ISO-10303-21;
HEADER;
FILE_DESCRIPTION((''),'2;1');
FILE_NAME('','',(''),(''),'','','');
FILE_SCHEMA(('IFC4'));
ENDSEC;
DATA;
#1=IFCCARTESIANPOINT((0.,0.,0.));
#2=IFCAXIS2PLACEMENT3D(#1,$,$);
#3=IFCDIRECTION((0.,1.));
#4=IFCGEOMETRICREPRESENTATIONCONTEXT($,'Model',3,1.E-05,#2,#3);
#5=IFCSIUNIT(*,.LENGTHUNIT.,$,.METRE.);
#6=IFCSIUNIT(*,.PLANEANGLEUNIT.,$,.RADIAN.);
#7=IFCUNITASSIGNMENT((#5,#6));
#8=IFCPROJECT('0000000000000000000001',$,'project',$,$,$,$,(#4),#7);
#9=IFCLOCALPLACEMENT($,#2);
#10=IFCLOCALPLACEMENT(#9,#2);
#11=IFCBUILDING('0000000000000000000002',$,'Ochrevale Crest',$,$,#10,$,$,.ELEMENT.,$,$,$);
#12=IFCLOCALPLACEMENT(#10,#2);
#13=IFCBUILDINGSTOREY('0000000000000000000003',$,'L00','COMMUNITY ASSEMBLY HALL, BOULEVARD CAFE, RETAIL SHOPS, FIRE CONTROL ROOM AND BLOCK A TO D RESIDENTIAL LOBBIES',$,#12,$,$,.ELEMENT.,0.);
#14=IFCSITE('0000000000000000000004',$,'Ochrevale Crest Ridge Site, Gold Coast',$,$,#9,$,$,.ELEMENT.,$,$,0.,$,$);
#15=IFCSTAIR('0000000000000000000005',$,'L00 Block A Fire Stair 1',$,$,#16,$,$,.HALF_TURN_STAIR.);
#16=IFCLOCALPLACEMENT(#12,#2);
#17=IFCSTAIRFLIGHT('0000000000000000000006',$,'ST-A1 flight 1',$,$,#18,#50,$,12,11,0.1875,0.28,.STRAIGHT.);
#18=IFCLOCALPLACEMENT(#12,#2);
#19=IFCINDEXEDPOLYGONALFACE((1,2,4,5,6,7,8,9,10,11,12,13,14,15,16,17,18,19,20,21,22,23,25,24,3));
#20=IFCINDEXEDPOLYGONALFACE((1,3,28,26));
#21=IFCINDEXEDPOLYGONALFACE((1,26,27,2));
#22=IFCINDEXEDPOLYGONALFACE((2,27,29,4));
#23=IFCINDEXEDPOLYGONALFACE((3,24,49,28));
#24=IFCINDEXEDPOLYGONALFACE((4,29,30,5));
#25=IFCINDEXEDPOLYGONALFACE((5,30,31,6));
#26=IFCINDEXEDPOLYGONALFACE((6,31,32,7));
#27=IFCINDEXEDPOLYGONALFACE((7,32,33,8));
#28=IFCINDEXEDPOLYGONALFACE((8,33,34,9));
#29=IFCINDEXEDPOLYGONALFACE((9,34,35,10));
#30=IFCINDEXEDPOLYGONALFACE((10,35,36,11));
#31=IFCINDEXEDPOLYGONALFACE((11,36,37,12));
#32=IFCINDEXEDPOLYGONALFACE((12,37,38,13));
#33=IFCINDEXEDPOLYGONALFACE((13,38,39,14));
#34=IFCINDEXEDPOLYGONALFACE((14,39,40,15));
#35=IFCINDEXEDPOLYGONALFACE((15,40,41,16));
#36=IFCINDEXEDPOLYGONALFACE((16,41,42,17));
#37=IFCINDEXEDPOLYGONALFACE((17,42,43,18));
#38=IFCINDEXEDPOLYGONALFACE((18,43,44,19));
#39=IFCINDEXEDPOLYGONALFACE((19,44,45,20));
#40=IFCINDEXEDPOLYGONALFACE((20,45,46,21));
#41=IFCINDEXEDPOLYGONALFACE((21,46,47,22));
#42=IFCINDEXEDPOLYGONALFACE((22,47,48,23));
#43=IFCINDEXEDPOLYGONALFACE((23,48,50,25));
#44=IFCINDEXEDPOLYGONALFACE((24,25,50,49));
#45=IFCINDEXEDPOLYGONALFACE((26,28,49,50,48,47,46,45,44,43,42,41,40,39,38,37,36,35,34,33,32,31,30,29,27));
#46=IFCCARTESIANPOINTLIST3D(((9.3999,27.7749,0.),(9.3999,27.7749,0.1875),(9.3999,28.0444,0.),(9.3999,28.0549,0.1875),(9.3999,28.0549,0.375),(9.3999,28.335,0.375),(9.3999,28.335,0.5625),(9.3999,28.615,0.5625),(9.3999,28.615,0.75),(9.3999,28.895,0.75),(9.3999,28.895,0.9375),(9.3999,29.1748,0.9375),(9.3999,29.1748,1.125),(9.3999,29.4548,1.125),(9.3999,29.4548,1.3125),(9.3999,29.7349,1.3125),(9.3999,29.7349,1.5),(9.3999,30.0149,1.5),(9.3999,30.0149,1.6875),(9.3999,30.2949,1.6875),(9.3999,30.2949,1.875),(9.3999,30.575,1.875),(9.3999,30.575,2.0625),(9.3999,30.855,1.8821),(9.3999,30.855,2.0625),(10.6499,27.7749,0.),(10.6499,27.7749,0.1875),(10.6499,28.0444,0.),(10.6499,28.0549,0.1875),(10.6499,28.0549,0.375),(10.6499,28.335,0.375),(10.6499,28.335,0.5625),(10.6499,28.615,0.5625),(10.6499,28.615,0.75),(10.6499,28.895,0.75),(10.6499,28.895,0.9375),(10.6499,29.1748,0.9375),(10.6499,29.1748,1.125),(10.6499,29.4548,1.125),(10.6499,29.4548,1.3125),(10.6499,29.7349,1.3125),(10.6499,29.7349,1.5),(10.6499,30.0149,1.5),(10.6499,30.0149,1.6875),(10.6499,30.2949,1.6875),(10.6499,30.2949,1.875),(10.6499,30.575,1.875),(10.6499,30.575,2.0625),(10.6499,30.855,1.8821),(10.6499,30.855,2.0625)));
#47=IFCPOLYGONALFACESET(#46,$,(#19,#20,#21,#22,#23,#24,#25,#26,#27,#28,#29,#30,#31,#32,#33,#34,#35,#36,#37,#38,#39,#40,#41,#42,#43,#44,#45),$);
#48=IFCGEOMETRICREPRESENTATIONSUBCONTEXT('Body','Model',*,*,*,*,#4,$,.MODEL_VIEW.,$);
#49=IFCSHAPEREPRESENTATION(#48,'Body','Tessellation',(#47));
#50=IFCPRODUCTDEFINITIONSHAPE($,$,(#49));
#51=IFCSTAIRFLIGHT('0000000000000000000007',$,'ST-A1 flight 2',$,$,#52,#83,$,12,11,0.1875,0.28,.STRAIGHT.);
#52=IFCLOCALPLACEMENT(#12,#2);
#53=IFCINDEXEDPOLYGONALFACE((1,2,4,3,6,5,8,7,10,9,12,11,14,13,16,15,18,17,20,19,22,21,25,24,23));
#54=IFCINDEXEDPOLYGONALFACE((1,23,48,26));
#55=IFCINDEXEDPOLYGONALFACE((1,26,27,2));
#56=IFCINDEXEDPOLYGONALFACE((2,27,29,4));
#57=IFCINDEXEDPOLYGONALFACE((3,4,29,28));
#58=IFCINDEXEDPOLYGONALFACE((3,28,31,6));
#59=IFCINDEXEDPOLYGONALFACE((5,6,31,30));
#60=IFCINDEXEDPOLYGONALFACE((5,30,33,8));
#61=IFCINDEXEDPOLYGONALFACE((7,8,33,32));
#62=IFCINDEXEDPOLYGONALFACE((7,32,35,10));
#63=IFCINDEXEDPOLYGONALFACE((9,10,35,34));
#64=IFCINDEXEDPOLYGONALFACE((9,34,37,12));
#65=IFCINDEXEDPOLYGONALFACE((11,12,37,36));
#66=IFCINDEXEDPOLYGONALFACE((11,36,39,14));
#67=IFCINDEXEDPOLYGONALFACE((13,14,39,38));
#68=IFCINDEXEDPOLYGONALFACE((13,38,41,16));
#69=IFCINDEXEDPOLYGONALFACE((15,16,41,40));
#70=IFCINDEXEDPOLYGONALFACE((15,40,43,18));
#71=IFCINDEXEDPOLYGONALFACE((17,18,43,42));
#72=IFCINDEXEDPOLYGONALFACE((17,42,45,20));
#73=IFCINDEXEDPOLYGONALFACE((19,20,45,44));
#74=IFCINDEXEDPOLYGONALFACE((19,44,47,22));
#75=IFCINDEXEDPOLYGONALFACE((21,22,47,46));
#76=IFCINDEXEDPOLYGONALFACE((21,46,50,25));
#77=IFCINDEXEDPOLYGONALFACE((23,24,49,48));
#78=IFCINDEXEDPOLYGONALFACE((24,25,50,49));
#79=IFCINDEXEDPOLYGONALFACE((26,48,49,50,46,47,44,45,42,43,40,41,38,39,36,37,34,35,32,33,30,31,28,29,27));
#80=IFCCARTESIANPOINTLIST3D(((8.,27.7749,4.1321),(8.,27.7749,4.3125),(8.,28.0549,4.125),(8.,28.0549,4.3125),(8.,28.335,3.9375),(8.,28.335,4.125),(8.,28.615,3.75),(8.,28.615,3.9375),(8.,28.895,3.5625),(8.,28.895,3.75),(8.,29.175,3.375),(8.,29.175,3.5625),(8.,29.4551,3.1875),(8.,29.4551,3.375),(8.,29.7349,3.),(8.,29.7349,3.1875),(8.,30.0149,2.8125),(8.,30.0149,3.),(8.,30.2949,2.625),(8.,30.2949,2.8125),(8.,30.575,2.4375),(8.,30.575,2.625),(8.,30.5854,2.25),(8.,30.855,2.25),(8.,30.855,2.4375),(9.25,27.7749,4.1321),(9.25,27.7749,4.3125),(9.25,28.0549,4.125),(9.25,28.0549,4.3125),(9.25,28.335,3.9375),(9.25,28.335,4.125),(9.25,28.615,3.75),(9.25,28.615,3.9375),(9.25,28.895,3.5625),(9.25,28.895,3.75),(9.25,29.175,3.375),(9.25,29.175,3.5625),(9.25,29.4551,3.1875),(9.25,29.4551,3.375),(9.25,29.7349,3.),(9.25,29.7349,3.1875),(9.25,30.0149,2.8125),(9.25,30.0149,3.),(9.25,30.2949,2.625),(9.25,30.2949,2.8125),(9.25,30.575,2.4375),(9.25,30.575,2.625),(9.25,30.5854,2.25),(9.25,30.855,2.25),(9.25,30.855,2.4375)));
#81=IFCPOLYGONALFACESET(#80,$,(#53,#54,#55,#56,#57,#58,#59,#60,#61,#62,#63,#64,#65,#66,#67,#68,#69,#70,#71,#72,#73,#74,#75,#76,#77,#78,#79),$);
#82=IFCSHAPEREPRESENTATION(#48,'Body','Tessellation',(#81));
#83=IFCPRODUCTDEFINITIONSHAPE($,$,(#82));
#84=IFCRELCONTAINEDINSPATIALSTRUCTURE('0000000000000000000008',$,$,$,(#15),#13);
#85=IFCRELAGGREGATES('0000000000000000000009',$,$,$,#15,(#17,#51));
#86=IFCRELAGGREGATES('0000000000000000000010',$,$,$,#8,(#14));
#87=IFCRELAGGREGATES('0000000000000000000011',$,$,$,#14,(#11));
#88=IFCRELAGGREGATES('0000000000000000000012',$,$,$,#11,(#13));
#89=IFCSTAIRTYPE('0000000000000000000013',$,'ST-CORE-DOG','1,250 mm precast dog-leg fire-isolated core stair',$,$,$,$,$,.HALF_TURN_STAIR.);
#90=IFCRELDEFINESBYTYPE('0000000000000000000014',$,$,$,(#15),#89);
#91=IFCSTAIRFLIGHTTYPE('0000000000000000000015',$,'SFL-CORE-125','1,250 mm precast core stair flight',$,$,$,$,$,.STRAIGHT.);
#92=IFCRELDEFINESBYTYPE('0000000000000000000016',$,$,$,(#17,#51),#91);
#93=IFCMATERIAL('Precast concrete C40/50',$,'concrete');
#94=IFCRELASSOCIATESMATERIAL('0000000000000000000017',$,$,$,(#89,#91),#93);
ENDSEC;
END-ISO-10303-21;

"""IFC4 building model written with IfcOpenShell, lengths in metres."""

from ifc_helpers import new_model, si_unit, direction, frame, origin, place, context, subcontext, project, spatial, polyline, outline, extrude, material, type_object, element, aggregate, save


model = new_model("IFC4")

# Units and contexts
model_context = context("Model", 3, precision=1e-05, world=origin(), true_north=direction((0.0, 1.0)))
body_context = subcontext(model_context, "Body", "Model", "MODEL_VIEW")
ifc_project = project(units=[si_unit("LENGTHUNIT", "METRE"), si_unit("PLANEANGLEUNIT", "RADIAN")], contexts=[model_context])

# Site, building, storey
site_placement = place(None, origin())
site = spatial("IfcSite", under=ifc_project, at=site_placement, Name="Ochrevale Crest Ridge Site, Gold Coast", CompositionType="ELEMENT", RefElevation=0.0)
building_placement = place(site_placement, origin())
building = spatial("IfcBuilding", under=site, at=building_placement, Name="Ochrevale Crest", CompositionType="ELEMENT")
storey_placement = place(building_placement, origin())
storey = spatial("IfcBuildingStorey", under=building, at=storey_placement, Name="L00", Description="COMMUNITY ASSEMBLY HALL, BOULEVARD CAFE, RETAIL SHOPS, FIRE CONTROL ROOM AND BLOCK A TO D RESIDENTIAL LOBBIES", CompositionType="ELEMENT", Elevation=0.0)

# Stair, stair flights
ifc_material_1 = material(Name="Precast concrete C40/50", Category="concrete")
stair_type = type_object("IfcStairType", Name="ST-CORE-DOG", Description="1,250 mm precast dog-leg fire-isolated core stair", PredefinedType="HALF_TURN_STAIR", material=ifc_material_1)
stair_placement = place(storey_placement, origin())
stair = element("IfcStair", 1, at=stair_placement, inside=storey, type_object=stair_type, Name="L00 Block A Fire Stair 1", PredefinedType="HALF_TURN_STAIR")
stair_flight_type = type_object("IfcStairFlightType", Name="SFL-CORE-125", Description="1,250 mm precast core stair flight", PredefinedType="STRAIGHT", material=ifc_material_1)
stair_flight_1_placement = place(storey_placement, frame((10.0249, 27.7749, 0.0), z_axis=(0.0, 0.0, 1.0), x_axis=(0.0, 1.0, 0.0)))
stair_flight_1 = element("IfcStairFlight", 2, at=stair_flight_1_placement, type_object=stair_flight_type, Name="ST-A1 flight 1", NumberOfRisers=12, NumberOfTreads=11, PredefinedType="STRAIGHT", RiserHeight=0.1875, TreadLength=0.28, context=body_context, shape_type="SweptSolid", body=[
    extrude(outline(polyline([(0.0, 0.0), (0.0, 0.1875), (0.28, 0.1875), (0.28, 0.375), (0.5601, 0.375), (0.5601, 0.5625), (0.8401, 0.5625), (0.8401, 0.75), (1.1201, 0.75), (1.1201, 0.9375), (1.3999, 0.9375), (1.3999, 1.125), (1.6799, 1.125), (1.6799, 1.3125), (1.96, 1.3125), (1.96, 1.5), (2.24, 1.5), (2.24, 1.6875), (2.52, 1.6875), (2.52, 1.875), (2.8, 1.875), (2.8, 2.0625), (3.0801, 2.0625), (3.0801, 2.25), (3.0801, 1.8821), (0.2695, 0.0), (0.0, 0.0)])), frame((0.0, 0.625, 0.0), z_axis=(0.0, -1.0, 0.0), x_axis=(1.0, 0.0, 0.0)), (0.0, 0.0, 1.0), 1.25),
])
stair_flight_2_placement = place(storey_placement, frame((8.625, 30.855, 2.25), z_axis=(0.0, 0.0, 1.0), x_axis=(0.0, -1.0, 0.0)))
stair_flight_2 = element("IfcStairFlight", 3, at=stair_flight_2_placement, type_object=stair_flight_type, Name="ST-A1 flight 2", NumberOfRisers=12, NumberOfTreads=11, PredefinedType="STRAIGHT", RiserHeight=0.1875, TreadLength=0.28, context=body_context, shape_type="SweptSolid", body=[
    extrude(outline(polyline([(0.0, 0.0), (0.0, 0.1875), (0.28, 0.1875), (0.28, 0.375), (0.5601, 0.375), (0.5601, 0.5625), (0.8401, 0.5625), (0.8401, 0.75), (1.1201, 0.75), (1.1201, 0.9375), (1.3999, 0.9375), (1.3999, 1.125), (1.6799, 1.125), (1.6799, 1.3125), (1.96, 1.3125), (1.96, 1.5), (2.24, 1.5), (2.24, 1.6875), (2.52, 1.6875), (2.52, 1.875), (2.8, 1.875), (2.8, 2.0625), (3.0801, 2.0625), (3.0801, 2.25), (3.0801, 1.8821), (0.2695, 0.0), (0.0, 0.0)])), frame((0.0, 0.625, 0.0), z_axis=(0.0, -1.0, 0.0), x_axis=(1.0, 0.0, 0.0)), (0.0, 0.0, 1.0), 1.25),
])
aggregate(stair, [stair_flight_1, stair_flight_2])

save(model, "model.ifc")
